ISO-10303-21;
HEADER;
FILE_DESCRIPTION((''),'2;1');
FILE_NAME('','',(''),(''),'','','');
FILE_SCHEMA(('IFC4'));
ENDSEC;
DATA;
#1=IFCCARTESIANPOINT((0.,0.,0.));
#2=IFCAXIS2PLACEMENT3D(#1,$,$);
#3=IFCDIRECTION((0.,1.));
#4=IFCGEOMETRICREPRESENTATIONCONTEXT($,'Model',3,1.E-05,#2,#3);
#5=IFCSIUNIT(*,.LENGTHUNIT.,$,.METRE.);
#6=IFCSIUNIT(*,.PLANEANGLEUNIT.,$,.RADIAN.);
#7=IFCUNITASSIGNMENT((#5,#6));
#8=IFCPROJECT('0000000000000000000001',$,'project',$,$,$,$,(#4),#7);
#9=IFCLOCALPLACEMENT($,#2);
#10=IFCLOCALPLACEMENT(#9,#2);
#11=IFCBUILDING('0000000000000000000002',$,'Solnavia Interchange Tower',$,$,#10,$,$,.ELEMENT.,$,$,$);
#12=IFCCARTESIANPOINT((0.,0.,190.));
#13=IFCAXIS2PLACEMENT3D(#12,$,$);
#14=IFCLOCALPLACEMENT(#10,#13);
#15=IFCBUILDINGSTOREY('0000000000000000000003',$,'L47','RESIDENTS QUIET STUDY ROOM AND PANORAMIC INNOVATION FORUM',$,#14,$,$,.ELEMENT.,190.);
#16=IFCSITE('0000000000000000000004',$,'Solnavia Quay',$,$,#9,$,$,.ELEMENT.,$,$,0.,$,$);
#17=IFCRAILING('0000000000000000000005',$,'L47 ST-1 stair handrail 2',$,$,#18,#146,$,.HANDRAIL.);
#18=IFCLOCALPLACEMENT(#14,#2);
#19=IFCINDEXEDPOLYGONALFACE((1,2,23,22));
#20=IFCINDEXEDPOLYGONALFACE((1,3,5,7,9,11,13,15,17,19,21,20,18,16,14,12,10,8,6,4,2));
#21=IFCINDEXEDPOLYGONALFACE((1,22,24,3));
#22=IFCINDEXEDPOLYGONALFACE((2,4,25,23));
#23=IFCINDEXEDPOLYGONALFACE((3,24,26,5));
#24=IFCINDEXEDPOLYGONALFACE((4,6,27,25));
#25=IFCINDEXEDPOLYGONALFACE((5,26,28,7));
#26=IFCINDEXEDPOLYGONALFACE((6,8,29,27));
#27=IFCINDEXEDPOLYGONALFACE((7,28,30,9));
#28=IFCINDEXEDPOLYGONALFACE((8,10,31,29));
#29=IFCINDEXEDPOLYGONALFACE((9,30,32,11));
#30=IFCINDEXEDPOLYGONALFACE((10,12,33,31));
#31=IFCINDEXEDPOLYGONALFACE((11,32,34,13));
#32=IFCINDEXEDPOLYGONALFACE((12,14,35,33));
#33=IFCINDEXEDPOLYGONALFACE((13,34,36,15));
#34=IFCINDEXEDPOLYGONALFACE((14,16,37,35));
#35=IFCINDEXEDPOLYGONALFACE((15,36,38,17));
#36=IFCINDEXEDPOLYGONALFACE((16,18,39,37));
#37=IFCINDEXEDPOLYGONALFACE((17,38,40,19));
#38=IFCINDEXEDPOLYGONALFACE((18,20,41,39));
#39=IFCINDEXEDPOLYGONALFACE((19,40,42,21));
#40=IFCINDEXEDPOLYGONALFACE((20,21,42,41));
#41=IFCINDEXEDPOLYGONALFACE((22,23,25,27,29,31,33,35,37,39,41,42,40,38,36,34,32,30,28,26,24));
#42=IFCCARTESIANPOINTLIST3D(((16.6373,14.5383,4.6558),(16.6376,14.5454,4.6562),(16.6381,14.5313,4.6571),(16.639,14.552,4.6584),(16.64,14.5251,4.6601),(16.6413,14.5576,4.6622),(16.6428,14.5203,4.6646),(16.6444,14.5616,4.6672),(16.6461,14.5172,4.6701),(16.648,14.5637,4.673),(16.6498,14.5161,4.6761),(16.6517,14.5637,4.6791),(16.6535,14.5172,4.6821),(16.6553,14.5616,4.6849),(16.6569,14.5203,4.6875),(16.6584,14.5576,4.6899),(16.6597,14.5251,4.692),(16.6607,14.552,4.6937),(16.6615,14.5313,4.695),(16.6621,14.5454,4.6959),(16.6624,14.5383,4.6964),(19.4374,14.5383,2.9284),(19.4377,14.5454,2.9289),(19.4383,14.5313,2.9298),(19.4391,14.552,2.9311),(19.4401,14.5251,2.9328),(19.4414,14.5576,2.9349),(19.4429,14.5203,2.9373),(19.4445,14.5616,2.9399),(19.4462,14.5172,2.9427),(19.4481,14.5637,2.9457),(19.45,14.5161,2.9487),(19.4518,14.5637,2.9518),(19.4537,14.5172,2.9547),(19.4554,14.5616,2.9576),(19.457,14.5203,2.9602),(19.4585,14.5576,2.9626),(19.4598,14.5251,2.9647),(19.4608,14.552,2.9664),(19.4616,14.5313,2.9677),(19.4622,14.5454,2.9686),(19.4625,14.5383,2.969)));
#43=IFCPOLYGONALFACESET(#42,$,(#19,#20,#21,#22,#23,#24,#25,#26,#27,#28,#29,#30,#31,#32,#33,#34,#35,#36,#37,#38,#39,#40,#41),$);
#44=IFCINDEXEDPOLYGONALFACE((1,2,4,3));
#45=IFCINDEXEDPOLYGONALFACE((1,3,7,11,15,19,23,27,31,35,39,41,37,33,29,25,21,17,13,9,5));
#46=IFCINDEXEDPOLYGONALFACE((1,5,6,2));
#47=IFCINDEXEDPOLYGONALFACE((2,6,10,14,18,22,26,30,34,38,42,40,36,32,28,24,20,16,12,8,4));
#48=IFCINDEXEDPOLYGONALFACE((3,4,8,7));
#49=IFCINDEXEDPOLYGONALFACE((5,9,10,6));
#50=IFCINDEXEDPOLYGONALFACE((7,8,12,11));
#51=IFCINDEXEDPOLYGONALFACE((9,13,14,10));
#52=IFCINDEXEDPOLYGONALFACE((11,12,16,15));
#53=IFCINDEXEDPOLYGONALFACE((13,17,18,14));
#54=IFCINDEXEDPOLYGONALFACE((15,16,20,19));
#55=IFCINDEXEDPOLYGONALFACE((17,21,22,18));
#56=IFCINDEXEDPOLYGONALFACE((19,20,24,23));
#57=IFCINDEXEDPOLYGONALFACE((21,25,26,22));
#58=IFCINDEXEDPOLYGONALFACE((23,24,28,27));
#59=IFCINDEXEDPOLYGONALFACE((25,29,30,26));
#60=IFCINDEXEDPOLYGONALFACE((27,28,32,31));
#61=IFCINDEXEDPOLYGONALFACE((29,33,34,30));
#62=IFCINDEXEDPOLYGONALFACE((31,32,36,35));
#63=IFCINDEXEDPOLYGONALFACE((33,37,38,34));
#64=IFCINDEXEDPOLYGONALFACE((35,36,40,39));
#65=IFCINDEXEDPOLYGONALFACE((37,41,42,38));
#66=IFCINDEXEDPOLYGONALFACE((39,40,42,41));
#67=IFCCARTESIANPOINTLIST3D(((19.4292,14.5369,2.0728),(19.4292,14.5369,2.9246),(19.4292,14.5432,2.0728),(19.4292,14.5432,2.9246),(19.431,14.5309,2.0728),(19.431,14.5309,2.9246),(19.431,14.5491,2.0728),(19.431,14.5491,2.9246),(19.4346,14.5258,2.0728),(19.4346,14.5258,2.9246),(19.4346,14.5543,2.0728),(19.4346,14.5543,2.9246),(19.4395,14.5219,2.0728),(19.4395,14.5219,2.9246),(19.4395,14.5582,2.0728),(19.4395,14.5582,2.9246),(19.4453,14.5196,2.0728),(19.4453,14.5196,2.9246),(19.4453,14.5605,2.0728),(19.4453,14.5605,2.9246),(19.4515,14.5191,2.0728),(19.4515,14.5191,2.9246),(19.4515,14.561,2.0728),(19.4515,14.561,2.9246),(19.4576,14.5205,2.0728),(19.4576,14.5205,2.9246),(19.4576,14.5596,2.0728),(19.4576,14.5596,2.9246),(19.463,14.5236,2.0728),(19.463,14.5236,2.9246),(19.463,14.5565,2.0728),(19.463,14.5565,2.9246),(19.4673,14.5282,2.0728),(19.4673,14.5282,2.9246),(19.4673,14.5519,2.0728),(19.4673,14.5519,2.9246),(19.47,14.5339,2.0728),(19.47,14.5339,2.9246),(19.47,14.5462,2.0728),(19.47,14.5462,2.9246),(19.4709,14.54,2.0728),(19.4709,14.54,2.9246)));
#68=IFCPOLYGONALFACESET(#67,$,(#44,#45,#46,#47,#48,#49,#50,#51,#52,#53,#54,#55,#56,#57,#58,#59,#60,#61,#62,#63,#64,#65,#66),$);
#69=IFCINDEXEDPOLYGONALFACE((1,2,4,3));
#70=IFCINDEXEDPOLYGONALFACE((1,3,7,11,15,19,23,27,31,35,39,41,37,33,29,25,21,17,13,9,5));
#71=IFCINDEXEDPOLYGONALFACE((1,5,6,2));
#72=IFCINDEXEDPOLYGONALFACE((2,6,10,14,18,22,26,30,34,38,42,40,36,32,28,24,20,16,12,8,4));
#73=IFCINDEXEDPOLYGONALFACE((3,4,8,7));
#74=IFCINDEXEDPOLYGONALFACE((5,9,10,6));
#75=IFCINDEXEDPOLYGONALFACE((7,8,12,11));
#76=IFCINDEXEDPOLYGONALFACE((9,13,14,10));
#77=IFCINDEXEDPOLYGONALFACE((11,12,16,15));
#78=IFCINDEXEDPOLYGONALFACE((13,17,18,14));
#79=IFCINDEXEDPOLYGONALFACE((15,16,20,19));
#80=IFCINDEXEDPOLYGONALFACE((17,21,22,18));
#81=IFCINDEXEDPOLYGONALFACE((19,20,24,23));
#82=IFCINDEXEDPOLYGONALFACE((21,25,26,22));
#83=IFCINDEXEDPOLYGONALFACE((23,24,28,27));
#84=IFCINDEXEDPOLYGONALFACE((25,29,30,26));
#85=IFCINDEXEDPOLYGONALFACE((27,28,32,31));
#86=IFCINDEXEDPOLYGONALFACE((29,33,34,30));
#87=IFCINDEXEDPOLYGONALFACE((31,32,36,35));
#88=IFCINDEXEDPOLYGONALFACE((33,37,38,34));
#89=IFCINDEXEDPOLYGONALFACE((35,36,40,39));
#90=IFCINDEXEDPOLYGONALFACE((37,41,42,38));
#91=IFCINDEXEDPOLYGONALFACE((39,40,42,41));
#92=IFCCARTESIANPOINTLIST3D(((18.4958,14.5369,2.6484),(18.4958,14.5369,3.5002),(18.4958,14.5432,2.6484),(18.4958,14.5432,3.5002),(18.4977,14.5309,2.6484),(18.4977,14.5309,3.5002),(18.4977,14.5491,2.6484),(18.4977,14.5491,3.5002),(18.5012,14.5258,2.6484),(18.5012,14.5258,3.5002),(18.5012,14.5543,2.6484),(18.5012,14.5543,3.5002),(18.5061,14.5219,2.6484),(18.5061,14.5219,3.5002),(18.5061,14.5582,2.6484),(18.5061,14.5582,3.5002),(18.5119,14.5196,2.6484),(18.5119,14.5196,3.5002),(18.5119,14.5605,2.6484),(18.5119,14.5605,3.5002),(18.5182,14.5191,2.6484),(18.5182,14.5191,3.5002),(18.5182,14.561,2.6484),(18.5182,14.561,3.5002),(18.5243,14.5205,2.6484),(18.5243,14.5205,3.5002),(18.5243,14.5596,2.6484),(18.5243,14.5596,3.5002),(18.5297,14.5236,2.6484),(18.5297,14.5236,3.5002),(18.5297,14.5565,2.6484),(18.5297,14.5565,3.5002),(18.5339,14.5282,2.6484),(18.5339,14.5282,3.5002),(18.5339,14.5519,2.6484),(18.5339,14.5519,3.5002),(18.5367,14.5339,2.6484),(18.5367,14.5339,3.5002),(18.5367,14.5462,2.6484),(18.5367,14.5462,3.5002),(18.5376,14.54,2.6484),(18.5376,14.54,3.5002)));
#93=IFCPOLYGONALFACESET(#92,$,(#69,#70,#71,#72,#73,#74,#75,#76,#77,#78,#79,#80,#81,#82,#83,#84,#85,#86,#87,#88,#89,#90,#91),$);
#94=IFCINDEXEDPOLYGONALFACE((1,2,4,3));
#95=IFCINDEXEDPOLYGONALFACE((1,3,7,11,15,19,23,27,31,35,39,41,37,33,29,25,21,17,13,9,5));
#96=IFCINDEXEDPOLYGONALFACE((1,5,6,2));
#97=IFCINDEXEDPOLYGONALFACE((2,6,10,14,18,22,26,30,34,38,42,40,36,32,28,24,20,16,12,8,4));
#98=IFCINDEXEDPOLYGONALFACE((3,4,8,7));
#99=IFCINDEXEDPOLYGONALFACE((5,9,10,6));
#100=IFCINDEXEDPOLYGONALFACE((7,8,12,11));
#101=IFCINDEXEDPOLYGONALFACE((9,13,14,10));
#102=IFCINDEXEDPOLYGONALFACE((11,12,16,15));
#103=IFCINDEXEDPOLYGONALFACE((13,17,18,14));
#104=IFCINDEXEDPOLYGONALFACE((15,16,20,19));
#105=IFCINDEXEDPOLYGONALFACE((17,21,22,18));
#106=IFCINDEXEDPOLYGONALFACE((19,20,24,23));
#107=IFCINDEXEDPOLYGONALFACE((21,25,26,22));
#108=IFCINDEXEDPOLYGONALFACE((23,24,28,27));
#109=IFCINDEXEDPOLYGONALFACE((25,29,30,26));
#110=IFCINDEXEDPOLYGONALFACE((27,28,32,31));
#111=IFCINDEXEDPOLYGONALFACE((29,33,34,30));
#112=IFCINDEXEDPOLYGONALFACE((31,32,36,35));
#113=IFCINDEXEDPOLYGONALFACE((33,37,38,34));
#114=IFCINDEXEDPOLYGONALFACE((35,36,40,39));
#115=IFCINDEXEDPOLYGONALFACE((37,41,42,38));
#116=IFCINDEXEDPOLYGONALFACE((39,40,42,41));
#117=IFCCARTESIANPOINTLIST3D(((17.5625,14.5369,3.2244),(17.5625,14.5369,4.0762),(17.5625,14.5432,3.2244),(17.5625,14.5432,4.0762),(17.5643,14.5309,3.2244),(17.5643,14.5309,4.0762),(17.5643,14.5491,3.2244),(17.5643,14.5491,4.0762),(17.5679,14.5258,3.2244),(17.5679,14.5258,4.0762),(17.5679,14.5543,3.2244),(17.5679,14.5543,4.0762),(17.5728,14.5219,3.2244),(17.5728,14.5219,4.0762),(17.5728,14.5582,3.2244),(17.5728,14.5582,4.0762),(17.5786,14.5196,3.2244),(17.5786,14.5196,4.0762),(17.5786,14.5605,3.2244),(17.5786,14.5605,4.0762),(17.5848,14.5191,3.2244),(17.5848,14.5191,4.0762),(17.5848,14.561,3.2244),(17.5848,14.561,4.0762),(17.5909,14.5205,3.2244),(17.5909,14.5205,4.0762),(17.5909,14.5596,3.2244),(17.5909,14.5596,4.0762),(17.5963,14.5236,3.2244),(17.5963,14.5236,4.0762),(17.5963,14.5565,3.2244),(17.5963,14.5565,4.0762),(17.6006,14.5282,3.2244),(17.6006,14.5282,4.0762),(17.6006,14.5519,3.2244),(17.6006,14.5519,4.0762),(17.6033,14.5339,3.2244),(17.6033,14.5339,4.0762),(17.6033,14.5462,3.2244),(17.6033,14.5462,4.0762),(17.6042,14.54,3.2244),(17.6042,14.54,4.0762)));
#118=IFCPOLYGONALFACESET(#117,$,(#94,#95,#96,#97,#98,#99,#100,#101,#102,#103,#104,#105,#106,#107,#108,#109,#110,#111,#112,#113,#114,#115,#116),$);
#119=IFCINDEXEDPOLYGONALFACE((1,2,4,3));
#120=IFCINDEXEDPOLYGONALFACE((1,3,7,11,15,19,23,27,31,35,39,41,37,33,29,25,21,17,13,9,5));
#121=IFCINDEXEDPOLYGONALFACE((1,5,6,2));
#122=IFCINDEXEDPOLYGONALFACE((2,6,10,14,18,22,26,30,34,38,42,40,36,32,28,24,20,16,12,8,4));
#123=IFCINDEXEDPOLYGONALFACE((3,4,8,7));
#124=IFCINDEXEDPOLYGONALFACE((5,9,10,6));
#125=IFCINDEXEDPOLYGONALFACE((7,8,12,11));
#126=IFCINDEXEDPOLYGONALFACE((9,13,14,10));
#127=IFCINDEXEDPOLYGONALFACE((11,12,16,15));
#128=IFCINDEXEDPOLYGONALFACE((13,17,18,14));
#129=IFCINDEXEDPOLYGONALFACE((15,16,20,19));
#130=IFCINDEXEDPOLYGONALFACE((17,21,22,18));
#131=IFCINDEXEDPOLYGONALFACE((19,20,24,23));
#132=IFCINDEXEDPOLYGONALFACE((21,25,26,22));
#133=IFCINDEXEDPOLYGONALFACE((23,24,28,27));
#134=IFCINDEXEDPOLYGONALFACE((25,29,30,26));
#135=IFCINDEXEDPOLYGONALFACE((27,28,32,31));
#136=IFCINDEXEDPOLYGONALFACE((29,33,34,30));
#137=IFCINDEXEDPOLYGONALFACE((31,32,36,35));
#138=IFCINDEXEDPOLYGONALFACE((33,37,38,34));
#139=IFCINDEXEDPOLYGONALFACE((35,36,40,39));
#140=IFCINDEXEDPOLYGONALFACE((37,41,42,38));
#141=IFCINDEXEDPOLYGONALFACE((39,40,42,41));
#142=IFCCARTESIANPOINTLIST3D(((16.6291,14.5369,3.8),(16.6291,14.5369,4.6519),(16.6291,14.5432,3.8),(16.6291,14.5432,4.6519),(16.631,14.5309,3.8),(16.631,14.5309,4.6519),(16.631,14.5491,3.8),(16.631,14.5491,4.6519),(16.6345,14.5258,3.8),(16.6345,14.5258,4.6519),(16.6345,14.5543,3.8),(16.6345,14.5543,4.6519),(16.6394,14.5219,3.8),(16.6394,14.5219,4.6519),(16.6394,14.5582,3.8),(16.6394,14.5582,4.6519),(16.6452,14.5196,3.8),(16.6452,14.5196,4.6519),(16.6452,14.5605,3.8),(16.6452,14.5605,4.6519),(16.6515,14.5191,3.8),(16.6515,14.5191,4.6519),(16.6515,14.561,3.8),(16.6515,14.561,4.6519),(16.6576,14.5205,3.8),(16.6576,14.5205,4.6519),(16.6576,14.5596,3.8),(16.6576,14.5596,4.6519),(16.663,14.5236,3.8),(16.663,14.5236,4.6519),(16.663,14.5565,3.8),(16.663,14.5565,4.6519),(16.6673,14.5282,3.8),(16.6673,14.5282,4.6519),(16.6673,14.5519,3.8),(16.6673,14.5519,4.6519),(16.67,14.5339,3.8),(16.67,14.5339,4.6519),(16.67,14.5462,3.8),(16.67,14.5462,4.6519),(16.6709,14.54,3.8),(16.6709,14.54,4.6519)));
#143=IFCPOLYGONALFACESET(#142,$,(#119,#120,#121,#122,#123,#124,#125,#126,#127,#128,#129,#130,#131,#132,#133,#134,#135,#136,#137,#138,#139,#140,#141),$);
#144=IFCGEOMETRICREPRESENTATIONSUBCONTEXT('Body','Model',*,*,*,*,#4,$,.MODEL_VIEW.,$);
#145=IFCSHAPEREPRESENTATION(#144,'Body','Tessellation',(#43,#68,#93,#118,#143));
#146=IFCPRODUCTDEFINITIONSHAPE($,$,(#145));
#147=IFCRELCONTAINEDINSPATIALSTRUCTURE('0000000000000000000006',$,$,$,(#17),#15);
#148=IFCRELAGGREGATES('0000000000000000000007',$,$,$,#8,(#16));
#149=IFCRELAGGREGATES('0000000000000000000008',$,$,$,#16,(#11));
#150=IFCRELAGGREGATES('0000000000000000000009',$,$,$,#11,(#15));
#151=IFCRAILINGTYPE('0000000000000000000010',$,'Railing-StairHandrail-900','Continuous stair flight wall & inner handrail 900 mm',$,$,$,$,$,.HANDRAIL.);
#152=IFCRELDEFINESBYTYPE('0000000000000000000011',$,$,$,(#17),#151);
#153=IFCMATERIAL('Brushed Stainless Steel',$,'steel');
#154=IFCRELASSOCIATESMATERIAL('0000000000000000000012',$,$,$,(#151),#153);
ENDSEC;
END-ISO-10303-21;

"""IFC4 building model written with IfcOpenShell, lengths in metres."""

from ifc_helpers import new_model, si_unit, direction, frame, origin, origin_2d, place, context, subcontext, project, spatial, circle, extrude, material, type_object, element, save


model = new_model("IFC4")

# Units and contexts
model_context = context("Model", 3, precision=1e-05, world=origin(), true_north=direction((0.0, 1.0)))
body_context = subcontext(model_context, "Body", "Model", "MODEL_VIEW")
ifc_project = project(units=[si_unit("LENGTHUNIT", "METRE"), si_unit("PLANEANGLEUNIT", "RADIAN")], contexts=[model_context])

# Site, building, storey
site_placement = place(None, origin())
site = spatial("IfcSite", under=ifc_project, at=site_placement, Name="Solnavia Quay", CompositionType="ELEMENT", RefElevation=0.0)
building_placement = place(site_placement, origin())
building = spatial("IfcBuilding", under=site, at=building_placement, Name="Solnavia Interchange Tower", CompositionType="ELEMENT")
storey_placement = place(building_placement, frame((0.0, 0.0, 190.0)))
storey = spatial("IfcBuildingStorey", under=building, at=storey_placement, Name="L47", Description="RESIDENTS QUIET STUDY ROOM AND PANORAMIC INNOVATION FORUM", CompositionType="ELEMENT", Elevation=190.0)

# Railing
ifc_material_1 = material(Name="Brushed Stainless Steel", Category="steel")
railing_type_1 = type_object("IfcRailingType", Name="Railing-StairHandrail-900", Description="Continuous stair flight wall & inner handrail 900 mm", PredefinedType="HANDRAIL", material=ifc_material_1)
railing_1_placement = place(storey_placement, frame((19.45, 14.54, 2.0728)))
element("IfcRailing", 1, at=railing_1_placement, inside=storey, type_object=railing_type_1, Name="L47 ST-1 stair handrail 2", PredefinedType="HANDRAIL", context=body_context, shape_type="SweptSolid", body=[
    extrude(circle(Radius=0.0239, at=origin_2d()), frame((0.0, 0.0, 0.876), z_axis=(-0.85109, 0.0, 0.52502), x_axis=(0.0, -1.0, 0.0)), (0.0, 0.0, 1.0), 3.29),
    extrude(circle(Radius=0.021, at=origin_2d()), origin(), (0.0, 0.0, 1.0), 0.8518),
    extrude(circle(Radius=0.021, at=origin_2d()), frame((-0.9333, 0.0, 0.5757)), (0.0, 0.0, 1.0), 0.8518),
    extrude(circle(Radius=0.021, at=origin_2d()), frame((-1.8667, 0.0, 1.1516)), (0.0, 0.0, 1.0), 0.8518),
    extrude(circle(Radius=0.021, at=origin_2d()), frame((-2.8, 0.0, 1.7273)), (0.0, 0.0, 1.0), 0.8518),
])

save(model, "model.ifc")
